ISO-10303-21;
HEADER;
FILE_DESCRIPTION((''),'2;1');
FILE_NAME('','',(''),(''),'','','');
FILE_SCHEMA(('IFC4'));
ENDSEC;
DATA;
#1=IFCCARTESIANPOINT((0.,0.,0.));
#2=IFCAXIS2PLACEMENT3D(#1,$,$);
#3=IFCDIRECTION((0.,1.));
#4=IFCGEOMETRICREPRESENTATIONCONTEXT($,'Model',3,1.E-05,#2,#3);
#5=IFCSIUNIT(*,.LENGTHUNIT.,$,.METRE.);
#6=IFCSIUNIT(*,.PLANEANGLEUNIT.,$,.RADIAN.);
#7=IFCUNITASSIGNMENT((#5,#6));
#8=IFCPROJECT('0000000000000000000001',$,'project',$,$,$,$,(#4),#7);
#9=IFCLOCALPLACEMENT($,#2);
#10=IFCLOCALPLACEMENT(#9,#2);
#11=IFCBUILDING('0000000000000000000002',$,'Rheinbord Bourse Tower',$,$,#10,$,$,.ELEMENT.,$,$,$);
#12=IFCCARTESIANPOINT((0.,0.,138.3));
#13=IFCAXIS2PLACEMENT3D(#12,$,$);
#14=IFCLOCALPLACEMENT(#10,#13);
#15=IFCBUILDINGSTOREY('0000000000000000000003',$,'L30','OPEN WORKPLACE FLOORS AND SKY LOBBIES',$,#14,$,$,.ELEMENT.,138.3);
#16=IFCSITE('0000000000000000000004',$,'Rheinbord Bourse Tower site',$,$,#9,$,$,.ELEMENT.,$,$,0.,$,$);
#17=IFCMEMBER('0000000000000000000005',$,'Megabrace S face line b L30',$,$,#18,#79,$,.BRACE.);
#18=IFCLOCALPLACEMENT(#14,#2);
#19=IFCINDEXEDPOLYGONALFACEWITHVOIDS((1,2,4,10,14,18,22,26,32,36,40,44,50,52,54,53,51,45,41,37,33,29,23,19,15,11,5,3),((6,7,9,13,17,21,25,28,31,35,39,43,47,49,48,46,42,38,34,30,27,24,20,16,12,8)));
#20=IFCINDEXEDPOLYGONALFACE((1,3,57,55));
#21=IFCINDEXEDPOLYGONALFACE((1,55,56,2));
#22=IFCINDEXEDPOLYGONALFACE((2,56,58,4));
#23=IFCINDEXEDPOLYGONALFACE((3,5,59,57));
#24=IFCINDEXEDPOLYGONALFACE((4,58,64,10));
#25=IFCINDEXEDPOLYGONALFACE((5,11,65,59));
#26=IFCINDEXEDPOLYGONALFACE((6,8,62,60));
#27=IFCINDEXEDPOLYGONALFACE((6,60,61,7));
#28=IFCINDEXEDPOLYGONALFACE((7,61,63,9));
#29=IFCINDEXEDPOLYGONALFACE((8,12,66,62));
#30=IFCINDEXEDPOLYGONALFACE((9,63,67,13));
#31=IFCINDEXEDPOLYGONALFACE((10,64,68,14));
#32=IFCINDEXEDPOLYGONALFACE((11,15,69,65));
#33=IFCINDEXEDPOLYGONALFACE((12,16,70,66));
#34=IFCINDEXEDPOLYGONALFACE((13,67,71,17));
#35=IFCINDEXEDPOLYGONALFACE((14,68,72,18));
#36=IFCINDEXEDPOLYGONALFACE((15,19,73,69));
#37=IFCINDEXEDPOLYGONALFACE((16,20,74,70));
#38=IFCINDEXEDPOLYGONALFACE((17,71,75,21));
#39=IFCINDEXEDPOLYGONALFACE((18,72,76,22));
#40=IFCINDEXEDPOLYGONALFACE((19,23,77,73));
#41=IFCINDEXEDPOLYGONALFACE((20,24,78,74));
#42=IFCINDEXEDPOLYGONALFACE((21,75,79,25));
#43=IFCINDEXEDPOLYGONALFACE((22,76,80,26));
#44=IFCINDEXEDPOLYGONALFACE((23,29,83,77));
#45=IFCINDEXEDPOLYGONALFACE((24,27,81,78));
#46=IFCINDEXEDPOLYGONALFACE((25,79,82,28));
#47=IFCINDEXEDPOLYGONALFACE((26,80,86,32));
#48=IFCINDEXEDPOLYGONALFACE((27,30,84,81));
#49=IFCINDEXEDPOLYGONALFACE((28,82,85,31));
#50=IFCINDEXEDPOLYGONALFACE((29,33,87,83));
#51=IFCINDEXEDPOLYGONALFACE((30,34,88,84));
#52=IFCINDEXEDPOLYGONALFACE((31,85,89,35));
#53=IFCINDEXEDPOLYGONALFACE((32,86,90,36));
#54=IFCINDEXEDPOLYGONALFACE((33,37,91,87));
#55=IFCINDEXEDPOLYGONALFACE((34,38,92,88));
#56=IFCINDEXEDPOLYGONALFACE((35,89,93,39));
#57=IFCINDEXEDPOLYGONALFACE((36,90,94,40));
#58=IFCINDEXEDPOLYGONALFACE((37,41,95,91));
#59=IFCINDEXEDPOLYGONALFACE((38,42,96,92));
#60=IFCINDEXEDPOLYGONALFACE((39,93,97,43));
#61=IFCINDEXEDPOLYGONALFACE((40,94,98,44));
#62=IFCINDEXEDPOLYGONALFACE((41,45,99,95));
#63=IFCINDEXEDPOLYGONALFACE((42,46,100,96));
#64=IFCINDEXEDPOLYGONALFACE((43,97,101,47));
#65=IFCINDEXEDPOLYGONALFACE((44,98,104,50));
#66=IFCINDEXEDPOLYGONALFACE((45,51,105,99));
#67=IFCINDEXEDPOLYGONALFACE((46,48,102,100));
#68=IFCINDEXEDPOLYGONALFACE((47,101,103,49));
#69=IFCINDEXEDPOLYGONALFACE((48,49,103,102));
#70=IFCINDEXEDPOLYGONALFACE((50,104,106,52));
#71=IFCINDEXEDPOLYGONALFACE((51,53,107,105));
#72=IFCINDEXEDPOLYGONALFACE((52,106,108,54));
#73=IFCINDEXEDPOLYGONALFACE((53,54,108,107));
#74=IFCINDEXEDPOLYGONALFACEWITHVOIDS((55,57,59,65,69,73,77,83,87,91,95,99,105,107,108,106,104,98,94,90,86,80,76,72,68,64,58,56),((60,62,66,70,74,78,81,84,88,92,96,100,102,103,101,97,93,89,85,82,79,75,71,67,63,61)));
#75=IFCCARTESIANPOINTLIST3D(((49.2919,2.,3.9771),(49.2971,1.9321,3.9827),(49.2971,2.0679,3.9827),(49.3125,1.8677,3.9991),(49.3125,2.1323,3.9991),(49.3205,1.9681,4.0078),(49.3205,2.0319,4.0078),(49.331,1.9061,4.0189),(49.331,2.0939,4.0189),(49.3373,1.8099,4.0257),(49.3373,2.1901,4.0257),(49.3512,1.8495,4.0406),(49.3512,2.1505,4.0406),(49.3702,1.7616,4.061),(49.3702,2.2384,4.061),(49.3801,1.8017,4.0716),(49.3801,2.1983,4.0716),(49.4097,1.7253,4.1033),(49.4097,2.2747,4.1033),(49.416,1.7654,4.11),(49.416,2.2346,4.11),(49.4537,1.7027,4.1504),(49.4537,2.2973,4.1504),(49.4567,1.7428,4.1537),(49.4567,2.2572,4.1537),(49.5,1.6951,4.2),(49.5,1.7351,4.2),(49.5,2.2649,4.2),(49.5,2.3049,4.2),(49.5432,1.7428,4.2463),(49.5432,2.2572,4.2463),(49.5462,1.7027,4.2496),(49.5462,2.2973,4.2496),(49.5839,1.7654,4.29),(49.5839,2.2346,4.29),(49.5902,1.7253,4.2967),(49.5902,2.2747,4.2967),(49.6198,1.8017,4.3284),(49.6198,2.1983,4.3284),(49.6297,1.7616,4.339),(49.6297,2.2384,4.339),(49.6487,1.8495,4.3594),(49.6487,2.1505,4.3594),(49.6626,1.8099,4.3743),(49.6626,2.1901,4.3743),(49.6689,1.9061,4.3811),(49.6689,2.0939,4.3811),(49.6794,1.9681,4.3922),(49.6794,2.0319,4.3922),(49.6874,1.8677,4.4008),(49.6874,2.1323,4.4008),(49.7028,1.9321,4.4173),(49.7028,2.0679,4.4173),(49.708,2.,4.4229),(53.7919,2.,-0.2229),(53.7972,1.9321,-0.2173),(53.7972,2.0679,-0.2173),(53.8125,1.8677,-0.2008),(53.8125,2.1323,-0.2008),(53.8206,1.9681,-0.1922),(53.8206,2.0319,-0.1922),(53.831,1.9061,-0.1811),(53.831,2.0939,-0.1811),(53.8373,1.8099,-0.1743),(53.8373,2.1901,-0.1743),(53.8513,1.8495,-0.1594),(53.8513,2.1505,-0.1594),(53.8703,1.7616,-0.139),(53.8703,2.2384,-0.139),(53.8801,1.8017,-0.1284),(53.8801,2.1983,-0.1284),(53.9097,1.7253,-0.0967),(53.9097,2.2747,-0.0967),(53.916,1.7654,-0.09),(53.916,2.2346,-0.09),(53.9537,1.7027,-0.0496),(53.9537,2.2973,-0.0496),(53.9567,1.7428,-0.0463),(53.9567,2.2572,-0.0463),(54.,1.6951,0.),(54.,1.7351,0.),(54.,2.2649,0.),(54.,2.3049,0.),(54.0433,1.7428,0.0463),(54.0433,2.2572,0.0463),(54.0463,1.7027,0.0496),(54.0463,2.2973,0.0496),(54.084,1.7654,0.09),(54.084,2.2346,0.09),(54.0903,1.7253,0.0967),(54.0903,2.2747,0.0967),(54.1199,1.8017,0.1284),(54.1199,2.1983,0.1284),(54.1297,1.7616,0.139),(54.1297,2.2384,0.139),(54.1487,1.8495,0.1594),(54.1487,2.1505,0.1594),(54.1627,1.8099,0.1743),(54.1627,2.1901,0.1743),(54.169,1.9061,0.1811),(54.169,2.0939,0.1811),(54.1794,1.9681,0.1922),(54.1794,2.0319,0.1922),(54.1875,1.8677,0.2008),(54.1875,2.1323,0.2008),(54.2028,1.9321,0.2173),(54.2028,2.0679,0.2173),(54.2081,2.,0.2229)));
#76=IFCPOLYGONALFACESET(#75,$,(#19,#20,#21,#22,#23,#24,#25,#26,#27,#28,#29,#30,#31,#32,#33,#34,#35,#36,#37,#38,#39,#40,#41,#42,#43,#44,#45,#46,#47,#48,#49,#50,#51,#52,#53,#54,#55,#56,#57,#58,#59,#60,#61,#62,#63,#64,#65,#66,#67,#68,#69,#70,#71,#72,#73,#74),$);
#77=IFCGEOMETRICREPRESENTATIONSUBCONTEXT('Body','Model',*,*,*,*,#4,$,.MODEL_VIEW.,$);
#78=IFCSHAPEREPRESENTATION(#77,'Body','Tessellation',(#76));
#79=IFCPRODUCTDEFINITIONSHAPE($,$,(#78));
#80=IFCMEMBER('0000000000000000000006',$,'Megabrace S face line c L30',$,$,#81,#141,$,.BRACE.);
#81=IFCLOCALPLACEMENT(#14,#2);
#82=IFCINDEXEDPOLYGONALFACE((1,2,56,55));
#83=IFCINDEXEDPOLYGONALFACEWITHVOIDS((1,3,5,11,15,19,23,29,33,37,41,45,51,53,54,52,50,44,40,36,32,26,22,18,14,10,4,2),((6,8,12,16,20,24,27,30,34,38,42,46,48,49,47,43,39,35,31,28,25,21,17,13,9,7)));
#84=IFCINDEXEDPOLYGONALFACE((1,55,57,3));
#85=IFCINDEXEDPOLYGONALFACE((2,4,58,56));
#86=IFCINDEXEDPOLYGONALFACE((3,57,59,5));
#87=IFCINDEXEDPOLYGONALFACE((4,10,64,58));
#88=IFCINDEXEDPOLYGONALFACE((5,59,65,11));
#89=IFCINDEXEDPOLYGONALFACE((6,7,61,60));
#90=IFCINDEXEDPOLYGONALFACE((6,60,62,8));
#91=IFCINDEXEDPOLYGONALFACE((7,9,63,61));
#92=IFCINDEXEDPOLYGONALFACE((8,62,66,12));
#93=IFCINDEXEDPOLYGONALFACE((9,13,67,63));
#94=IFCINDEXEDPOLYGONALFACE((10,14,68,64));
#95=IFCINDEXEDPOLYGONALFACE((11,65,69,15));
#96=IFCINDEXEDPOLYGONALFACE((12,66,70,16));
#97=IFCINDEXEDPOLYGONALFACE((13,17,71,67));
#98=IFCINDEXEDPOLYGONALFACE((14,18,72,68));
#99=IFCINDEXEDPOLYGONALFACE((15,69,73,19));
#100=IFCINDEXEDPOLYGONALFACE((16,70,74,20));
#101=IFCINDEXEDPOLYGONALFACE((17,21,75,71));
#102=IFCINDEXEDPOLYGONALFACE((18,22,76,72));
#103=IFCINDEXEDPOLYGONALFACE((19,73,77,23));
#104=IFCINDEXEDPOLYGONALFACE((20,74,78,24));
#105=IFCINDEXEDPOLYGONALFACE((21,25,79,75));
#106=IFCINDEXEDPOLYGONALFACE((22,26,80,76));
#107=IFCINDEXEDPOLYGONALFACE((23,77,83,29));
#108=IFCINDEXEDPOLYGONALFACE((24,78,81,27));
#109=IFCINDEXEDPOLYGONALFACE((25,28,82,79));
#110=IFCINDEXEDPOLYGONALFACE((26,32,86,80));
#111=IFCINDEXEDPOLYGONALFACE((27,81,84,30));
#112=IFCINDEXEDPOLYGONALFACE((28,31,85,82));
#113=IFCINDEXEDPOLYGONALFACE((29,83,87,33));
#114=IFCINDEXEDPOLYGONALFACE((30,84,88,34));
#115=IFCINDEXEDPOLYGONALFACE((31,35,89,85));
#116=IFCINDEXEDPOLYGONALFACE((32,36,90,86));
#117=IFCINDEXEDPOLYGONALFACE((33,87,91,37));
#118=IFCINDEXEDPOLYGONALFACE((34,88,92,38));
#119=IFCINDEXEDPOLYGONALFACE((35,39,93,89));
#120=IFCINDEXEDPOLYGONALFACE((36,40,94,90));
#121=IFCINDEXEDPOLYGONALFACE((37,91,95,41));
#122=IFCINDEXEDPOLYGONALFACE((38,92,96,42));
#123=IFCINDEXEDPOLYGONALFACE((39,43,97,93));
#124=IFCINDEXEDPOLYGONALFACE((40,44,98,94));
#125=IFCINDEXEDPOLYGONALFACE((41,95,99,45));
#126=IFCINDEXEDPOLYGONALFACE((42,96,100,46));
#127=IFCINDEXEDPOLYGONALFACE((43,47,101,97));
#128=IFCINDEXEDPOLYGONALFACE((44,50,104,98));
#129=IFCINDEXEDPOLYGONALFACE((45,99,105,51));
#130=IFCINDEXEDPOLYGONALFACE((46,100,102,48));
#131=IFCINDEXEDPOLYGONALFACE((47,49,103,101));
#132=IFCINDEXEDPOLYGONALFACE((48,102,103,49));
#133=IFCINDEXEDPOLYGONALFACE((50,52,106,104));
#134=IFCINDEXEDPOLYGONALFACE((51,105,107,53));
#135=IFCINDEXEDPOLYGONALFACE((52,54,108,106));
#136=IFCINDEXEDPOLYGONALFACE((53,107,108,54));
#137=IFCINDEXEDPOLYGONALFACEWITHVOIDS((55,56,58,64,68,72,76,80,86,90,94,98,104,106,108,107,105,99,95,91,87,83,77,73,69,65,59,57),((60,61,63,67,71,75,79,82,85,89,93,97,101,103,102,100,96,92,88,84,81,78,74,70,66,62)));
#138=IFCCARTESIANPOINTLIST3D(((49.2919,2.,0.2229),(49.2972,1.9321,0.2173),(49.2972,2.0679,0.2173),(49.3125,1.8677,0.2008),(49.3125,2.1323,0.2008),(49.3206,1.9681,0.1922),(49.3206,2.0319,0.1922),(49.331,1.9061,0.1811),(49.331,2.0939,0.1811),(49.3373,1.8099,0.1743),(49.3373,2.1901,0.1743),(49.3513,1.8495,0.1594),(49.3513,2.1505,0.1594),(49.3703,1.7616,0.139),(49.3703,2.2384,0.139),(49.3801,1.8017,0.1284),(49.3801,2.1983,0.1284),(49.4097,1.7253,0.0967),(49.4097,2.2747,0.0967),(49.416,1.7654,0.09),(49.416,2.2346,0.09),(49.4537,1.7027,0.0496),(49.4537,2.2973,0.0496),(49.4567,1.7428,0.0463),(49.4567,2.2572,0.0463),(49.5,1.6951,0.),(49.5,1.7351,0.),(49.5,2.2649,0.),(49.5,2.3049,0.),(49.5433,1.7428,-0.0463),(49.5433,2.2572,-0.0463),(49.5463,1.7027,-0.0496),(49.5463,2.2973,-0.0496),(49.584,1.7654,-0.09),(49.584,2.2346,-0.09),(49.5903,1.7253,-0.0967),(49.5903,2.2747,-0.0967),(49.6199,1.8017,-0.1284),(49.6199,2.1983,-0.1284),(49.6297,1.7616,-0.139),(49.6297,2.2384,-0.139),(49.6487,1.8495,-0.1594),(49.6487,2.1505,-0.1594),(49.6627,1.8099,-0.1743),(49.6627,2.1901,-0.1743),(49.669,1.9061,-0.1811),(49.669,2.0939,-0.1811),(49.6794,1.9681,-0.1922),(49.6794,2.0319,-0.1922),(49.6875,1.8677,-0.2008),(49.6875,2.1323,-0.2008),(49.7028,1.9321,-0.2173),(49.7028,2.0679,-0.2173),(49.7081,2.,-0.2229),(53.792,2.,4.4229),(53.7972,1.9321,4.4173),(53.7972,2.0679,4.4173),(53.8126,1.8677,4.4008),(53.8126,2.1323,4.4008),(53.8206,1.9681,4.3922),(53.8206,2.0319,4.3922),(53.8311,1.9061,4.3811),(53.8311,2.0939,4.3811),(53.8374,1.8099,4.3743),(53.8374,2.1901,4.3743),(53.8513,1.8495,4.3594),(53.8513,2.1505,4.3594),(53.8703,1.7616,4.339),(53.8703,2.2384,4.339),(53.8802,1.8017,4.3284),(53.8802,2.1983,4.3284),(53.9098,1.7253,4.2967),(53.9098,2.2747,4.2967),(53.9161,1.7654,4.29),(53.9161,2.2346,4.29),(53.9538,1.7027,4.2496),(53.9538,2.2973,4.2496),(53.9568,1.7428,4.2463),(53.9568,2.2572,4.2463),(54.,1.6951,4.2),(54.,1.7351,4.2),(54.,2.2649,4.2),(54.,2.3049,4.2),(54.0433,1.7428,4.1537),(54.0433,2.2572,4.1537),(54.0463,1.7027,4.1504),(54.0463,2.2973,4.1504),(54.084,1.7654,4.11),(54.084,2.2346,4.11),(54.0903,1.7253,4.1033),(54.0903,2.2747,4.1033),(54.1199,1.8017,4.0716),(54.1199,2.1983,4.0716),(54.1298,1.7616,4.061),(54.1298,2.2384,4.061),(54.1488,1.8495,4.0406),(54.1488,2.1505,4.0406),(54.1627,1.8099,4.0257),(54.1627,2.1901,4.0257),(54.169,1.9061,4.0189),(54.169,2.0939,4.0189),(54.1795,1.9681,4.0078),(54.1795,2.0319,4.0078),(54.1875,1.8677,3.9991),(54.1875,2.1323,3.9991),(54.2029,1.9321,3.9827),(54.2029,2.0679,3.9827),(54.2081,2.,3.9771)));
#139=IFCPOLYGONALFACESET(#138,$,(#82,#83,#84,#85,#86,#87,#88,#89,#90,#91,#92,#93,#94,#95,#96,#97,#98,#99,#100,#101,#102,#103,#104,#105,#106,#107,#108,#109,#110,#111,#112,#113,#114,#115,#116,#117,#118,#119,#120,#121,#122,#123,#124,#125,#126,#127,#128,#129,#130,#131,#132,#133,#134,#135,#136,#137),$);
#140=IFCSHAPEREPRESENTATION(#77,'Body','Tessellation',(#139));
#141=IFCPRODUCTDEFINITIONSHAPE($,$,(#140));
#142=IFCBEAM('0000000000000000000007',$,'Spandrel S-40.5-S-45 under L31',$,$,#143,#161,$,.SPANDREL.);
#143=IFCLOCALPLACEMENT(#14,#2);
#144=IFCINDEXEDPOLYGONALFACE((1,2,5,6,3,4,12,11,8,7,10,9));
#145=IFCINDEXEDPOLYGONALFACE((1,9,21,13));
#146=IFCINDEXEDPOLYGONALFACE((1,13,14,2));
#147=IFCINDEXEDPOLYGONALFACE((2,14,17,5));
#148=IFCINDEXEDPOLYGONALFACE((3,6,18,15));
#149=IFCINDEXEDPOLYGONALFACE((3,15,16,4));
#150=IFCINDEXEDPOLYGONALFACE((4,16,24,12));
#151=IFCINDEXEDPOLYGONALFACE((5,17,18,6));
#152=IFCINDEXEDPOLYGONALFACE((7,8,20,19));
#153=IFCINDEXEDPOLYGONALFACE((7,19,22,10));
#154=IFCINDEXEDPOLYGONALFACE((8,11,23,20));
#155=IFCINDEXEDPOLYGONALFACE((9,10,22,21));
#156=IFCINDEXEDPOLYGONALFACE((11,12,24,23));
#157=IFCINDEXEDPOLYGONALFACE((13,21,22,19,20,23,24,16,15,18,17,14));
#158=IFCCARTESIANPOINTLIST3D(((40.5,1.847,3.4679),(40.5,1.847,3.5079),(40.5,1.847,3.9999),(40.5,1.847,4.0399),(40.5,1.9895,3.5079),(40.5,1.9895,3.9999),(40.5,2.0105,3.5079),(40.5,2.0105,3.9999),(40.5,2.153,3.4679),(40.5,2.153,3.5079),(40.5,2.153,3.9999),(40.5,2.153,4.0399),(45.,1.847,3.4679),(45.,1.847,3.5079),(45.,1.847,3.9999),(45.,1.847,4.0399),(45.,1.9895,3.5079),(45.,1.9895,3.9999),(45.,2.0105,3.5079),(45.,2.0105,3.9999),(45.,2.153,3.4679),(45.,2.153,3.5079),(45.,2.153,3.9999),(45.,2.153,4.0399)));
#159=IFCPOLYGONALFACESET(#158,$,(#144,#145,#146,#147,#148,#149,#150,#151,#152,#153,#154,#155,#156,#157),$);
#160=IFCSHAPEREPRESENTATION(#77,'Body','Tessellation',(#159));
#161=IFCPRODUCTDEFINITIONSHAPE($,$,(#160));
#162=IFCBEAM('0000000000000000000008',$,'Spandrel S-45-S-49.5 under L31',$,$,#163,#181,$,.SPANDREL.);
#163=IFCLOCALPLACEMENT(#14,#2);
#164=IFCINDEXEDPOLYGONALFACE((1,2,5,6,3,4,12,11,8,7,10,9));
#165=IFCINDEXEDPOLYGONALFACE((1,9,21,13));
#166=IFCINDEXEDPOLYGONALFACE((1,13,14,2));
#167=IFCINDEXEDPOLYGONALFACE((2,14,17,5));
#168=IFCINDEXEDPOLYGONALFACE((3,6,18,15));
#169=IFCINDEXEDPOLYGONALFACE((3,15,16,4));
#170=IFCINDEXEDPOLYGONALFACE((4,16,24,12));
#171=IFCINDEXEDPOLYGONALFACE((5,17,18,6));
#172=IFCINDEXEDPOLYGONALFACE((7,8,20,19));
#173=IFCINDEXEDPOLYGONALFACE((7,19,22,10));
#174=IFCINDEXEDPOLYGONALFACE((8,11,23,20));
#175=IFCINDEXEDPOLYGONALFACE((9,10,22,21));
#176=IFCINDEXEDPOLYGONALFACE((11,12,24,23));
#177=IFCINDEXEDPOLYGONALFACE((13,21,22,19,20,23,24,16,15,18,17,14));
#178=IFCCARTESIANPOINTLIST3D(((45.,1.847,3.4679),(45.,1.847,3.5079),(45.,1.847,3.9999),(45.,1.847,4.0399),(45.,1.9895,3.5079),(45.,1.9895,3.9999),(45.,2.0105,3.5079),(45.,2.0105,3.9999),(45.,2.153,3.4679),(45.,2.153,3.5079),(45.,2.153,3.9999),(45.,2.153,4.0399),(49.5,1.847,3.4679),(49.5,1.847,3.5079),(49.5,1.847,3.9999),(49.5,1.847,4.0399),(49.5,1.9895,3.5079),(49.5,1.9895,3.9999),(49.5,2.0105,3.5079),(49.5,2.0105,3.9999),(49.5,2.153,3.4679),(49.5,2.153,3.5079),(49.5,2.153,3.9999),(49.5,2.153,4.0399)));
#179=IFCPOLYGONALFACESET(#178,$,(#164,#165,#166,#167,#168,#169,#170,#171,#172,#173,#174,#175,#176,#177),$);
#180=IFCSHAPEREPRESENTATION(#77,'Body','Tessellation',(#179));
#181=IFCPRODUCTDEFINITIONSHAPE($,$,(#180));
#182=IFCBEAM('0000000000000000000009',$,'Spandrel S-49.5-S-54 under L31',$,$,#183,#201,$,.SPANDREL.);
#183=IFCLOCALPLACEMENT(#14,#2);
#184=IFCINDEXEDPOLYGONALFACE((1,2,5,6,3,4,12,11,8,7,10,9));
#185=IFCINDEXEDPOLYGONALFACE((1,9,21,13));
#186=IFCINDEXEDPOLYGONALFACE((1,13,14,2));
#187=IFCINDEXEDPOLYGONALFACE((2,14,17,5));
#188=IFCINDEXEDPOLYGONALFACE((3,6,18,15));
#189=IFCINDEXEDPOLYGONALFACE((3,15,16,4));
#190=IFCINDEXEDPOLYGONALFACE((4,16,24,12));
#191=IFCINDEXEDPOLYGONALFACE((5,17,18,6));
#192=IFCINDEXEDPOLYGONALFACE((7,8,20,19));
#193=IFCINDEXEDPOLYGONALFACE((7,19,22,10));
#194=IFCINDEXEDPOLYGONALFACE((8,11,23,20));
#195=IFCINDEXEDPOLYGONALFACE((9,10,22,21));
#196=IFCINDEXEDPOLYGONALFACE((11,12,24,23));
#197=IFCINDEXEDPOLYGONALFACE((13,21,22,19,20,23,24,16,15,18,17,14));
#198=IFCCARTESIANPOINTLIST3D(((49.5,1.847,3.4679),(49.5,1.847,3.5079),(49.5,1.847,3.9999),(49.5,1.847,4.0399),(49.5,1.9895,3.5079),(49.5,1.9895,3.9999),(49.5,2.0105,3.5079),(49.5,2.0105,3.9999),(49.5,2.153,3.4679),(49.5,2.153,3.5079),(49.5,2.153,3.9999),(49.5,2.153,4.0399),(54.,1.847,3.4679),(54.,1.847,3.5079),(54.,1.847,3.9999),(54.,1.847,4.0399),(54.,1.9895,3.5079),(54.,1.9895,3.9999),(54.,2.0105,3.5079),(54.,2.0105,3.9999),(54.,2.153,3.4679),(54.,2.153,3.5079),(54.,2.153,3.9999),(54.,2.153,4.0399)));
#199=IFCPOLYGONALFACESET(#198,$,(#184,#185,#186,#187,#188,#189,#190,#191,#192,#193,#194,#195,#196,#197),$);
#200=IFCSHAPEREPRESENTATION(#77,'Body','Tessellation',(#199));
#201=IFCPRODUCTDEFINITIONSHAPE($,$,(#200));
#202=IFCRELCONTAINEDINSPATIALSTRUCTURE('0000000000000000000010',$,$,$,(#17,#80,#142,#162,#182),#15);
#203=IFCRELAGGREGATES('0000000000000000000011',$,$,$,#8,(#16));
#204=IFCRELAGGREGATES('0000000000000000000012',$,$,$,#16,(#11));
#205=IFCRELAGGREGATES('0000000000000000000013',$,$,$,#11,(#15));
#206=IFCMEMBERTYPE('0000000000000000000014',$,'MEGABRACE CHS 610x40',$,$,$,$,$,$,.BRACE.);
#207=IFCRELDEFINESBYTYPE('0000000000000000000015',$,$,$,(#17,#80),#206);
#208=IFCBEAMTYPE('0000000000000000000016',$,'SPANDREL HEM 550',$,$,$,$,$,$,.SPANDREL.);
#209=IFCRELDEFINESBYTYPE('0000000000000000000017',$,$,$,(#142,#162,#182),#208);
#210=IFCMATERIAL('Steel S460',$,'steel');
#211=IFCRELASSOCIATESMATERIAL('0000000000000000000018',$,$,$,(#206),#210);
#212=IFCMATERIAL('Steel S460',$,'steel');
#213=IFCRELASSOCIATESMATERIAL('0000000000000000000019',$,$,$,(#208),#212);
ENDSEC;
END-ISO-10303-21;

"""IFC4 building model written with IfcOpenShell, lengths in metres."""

from ifc_helpers import new_model, si_unit, direction, frame, origin, origin_2d, place, context, subcontext, project, spatial, hollow_circle, i_section, extrude, material, material_profile, profile_set, type_object, element, save


model = new_model("IFC4")

# Units and contexts
model_context = context("Model", 3, precision=1e-05, world=origin(), true_north=direction((0.0, 1.0)))
body_context = subcontext(model_context, "Body", "Model", "MODEL_VIEW")
ifc_project = project(units=[si_unit("LENGTHUNIT", "METRE"), si_unit("PLANEANGLEUNIT", "RADIAN")], contexts=[model_context])

# Site, building, storey
site_placement = place(None, origin())
site = spatial("IfcSite", under=ifc_project, at=site_placement, Name="Rheinbord Bourse Tower site", CompositionType="ELEMENT", RefElevation=0.0)
building_placement = place(site_placement, origin())
building = spatial("IfcBuilding", under=site, at=building_placement, Name="Rheinbord Bourse Tower", CompositionType="ELEMENT")
storey_placement = place(building_placement, frame((0.0, 0.0, 138.3)))
storey = spatial("IfcBuildingStorey", under=building, at=storey_placement, Name="L30", Description="OPEN WORKPLACE FLOORS AND SKY LOBBIES", CompositionType="ELEMENT", Elevation=138.3)

# Members
ifc_material_1 = material(Name="Steel S460", Category="steel")
ifc_material_profile_1 = material_profile(ifc_material_1, hollow_circle(Radius=0.3049, WallThickness=0.04, at=origin_2d()), Name="CHS 610x40")
ifc_profile_set_1 = profile_set([ifc_material_profile_1], Name="Steel S460")
member_type_1 = type_object("IfcMemberType", Name="MEGABRACE CHS 610x40", PredefinedType="BRACE", material=ifc_profile_set_1)
for number, where, z_axis, x_axis, name in (
    (1, (54.0, 2.0, 0.0), (-0.731059, 0.0, 0.682314), (0.0, -1.0, 0.0), "Megabrace S face line b L30"),
    (2, (49.5, 2.0, 0.0), (0.731059, 0.0, 0.682314), (0.0, 1.0, 0.0), "Megabrace S face line c L30"),
):
    element("IfcMember", number, at=place(storey_placement, frame(where, z_axis=z_axis, x_axis=x_axis)), inside=storey, type_object=member_type_1, Name=name, PredefinedType="BRACE", context=body_context, shape_type="SweptSolid", body=[
        extrude(hollow_circle(Radius=0.3049, WallThickness=0.04, at=origin_2d()), origin(), (0.0, 0.0, 1.0), 6.1555),
    ])

# Beams
ifc_material_2 = material(Name="Steel S460", Category="steel")
ifc_material_profile_2 = material_profile(ifc_material_2, i_section(OverallWidth=0.3059, OverallDepth=0.572, WebThickness=0.021, FlangeThickness=0.04, at=origin_2d()), Name="HEM 550")
ifc_profile_set_2 = profile_set([ifc_material_profile_2], Name="Steel S460")
beam_type_1 = type_object("IfcBeamType", Name="SPANDREL HEM 550", PredefinedType="SPANDREL", material=ifc_profile_set_2)
for number, where, z_axis, x_axis, name in (
    (3, (40.5, 2.0, 3.7539), (1.0, 0.0, 0.0), (0.0, 1.0, 0.0), "Spandrel S-40.5-S-45 under L31"),
    (4, (45.0, 2.0, 3.7539), (1.0, 0.0, 0.0), (0.0, 1.0, 0.0), "Spandrel S-45-S-49.5 under L31"),
    (5, (49.5, 2.0, 3.7539), (1.0, 0.0, 0.0), (0.0, 1.0, 0.0), "Spandrel S-49.5-S-54 under L31"),
):
    element("IfcBeam", number, at=place(storey_placement, frame(where, z_axis=z_axis, x_axis=x_axis)), inside=storey, type_object=beam_type_1, Name=name, PredefinedType="SPANDREL", context=body_context, shape_type="SweptSolid", body=[
        extrude(i_section(OverallWidth=0.3059, OverallDepth=0.572, WebThickness=0.021, FlangeThickness=0.04, at=origin_2d()), origin(), (0.0, 0.0, 1.0), 4.5),
    ])

save(model, "model.ifc")
